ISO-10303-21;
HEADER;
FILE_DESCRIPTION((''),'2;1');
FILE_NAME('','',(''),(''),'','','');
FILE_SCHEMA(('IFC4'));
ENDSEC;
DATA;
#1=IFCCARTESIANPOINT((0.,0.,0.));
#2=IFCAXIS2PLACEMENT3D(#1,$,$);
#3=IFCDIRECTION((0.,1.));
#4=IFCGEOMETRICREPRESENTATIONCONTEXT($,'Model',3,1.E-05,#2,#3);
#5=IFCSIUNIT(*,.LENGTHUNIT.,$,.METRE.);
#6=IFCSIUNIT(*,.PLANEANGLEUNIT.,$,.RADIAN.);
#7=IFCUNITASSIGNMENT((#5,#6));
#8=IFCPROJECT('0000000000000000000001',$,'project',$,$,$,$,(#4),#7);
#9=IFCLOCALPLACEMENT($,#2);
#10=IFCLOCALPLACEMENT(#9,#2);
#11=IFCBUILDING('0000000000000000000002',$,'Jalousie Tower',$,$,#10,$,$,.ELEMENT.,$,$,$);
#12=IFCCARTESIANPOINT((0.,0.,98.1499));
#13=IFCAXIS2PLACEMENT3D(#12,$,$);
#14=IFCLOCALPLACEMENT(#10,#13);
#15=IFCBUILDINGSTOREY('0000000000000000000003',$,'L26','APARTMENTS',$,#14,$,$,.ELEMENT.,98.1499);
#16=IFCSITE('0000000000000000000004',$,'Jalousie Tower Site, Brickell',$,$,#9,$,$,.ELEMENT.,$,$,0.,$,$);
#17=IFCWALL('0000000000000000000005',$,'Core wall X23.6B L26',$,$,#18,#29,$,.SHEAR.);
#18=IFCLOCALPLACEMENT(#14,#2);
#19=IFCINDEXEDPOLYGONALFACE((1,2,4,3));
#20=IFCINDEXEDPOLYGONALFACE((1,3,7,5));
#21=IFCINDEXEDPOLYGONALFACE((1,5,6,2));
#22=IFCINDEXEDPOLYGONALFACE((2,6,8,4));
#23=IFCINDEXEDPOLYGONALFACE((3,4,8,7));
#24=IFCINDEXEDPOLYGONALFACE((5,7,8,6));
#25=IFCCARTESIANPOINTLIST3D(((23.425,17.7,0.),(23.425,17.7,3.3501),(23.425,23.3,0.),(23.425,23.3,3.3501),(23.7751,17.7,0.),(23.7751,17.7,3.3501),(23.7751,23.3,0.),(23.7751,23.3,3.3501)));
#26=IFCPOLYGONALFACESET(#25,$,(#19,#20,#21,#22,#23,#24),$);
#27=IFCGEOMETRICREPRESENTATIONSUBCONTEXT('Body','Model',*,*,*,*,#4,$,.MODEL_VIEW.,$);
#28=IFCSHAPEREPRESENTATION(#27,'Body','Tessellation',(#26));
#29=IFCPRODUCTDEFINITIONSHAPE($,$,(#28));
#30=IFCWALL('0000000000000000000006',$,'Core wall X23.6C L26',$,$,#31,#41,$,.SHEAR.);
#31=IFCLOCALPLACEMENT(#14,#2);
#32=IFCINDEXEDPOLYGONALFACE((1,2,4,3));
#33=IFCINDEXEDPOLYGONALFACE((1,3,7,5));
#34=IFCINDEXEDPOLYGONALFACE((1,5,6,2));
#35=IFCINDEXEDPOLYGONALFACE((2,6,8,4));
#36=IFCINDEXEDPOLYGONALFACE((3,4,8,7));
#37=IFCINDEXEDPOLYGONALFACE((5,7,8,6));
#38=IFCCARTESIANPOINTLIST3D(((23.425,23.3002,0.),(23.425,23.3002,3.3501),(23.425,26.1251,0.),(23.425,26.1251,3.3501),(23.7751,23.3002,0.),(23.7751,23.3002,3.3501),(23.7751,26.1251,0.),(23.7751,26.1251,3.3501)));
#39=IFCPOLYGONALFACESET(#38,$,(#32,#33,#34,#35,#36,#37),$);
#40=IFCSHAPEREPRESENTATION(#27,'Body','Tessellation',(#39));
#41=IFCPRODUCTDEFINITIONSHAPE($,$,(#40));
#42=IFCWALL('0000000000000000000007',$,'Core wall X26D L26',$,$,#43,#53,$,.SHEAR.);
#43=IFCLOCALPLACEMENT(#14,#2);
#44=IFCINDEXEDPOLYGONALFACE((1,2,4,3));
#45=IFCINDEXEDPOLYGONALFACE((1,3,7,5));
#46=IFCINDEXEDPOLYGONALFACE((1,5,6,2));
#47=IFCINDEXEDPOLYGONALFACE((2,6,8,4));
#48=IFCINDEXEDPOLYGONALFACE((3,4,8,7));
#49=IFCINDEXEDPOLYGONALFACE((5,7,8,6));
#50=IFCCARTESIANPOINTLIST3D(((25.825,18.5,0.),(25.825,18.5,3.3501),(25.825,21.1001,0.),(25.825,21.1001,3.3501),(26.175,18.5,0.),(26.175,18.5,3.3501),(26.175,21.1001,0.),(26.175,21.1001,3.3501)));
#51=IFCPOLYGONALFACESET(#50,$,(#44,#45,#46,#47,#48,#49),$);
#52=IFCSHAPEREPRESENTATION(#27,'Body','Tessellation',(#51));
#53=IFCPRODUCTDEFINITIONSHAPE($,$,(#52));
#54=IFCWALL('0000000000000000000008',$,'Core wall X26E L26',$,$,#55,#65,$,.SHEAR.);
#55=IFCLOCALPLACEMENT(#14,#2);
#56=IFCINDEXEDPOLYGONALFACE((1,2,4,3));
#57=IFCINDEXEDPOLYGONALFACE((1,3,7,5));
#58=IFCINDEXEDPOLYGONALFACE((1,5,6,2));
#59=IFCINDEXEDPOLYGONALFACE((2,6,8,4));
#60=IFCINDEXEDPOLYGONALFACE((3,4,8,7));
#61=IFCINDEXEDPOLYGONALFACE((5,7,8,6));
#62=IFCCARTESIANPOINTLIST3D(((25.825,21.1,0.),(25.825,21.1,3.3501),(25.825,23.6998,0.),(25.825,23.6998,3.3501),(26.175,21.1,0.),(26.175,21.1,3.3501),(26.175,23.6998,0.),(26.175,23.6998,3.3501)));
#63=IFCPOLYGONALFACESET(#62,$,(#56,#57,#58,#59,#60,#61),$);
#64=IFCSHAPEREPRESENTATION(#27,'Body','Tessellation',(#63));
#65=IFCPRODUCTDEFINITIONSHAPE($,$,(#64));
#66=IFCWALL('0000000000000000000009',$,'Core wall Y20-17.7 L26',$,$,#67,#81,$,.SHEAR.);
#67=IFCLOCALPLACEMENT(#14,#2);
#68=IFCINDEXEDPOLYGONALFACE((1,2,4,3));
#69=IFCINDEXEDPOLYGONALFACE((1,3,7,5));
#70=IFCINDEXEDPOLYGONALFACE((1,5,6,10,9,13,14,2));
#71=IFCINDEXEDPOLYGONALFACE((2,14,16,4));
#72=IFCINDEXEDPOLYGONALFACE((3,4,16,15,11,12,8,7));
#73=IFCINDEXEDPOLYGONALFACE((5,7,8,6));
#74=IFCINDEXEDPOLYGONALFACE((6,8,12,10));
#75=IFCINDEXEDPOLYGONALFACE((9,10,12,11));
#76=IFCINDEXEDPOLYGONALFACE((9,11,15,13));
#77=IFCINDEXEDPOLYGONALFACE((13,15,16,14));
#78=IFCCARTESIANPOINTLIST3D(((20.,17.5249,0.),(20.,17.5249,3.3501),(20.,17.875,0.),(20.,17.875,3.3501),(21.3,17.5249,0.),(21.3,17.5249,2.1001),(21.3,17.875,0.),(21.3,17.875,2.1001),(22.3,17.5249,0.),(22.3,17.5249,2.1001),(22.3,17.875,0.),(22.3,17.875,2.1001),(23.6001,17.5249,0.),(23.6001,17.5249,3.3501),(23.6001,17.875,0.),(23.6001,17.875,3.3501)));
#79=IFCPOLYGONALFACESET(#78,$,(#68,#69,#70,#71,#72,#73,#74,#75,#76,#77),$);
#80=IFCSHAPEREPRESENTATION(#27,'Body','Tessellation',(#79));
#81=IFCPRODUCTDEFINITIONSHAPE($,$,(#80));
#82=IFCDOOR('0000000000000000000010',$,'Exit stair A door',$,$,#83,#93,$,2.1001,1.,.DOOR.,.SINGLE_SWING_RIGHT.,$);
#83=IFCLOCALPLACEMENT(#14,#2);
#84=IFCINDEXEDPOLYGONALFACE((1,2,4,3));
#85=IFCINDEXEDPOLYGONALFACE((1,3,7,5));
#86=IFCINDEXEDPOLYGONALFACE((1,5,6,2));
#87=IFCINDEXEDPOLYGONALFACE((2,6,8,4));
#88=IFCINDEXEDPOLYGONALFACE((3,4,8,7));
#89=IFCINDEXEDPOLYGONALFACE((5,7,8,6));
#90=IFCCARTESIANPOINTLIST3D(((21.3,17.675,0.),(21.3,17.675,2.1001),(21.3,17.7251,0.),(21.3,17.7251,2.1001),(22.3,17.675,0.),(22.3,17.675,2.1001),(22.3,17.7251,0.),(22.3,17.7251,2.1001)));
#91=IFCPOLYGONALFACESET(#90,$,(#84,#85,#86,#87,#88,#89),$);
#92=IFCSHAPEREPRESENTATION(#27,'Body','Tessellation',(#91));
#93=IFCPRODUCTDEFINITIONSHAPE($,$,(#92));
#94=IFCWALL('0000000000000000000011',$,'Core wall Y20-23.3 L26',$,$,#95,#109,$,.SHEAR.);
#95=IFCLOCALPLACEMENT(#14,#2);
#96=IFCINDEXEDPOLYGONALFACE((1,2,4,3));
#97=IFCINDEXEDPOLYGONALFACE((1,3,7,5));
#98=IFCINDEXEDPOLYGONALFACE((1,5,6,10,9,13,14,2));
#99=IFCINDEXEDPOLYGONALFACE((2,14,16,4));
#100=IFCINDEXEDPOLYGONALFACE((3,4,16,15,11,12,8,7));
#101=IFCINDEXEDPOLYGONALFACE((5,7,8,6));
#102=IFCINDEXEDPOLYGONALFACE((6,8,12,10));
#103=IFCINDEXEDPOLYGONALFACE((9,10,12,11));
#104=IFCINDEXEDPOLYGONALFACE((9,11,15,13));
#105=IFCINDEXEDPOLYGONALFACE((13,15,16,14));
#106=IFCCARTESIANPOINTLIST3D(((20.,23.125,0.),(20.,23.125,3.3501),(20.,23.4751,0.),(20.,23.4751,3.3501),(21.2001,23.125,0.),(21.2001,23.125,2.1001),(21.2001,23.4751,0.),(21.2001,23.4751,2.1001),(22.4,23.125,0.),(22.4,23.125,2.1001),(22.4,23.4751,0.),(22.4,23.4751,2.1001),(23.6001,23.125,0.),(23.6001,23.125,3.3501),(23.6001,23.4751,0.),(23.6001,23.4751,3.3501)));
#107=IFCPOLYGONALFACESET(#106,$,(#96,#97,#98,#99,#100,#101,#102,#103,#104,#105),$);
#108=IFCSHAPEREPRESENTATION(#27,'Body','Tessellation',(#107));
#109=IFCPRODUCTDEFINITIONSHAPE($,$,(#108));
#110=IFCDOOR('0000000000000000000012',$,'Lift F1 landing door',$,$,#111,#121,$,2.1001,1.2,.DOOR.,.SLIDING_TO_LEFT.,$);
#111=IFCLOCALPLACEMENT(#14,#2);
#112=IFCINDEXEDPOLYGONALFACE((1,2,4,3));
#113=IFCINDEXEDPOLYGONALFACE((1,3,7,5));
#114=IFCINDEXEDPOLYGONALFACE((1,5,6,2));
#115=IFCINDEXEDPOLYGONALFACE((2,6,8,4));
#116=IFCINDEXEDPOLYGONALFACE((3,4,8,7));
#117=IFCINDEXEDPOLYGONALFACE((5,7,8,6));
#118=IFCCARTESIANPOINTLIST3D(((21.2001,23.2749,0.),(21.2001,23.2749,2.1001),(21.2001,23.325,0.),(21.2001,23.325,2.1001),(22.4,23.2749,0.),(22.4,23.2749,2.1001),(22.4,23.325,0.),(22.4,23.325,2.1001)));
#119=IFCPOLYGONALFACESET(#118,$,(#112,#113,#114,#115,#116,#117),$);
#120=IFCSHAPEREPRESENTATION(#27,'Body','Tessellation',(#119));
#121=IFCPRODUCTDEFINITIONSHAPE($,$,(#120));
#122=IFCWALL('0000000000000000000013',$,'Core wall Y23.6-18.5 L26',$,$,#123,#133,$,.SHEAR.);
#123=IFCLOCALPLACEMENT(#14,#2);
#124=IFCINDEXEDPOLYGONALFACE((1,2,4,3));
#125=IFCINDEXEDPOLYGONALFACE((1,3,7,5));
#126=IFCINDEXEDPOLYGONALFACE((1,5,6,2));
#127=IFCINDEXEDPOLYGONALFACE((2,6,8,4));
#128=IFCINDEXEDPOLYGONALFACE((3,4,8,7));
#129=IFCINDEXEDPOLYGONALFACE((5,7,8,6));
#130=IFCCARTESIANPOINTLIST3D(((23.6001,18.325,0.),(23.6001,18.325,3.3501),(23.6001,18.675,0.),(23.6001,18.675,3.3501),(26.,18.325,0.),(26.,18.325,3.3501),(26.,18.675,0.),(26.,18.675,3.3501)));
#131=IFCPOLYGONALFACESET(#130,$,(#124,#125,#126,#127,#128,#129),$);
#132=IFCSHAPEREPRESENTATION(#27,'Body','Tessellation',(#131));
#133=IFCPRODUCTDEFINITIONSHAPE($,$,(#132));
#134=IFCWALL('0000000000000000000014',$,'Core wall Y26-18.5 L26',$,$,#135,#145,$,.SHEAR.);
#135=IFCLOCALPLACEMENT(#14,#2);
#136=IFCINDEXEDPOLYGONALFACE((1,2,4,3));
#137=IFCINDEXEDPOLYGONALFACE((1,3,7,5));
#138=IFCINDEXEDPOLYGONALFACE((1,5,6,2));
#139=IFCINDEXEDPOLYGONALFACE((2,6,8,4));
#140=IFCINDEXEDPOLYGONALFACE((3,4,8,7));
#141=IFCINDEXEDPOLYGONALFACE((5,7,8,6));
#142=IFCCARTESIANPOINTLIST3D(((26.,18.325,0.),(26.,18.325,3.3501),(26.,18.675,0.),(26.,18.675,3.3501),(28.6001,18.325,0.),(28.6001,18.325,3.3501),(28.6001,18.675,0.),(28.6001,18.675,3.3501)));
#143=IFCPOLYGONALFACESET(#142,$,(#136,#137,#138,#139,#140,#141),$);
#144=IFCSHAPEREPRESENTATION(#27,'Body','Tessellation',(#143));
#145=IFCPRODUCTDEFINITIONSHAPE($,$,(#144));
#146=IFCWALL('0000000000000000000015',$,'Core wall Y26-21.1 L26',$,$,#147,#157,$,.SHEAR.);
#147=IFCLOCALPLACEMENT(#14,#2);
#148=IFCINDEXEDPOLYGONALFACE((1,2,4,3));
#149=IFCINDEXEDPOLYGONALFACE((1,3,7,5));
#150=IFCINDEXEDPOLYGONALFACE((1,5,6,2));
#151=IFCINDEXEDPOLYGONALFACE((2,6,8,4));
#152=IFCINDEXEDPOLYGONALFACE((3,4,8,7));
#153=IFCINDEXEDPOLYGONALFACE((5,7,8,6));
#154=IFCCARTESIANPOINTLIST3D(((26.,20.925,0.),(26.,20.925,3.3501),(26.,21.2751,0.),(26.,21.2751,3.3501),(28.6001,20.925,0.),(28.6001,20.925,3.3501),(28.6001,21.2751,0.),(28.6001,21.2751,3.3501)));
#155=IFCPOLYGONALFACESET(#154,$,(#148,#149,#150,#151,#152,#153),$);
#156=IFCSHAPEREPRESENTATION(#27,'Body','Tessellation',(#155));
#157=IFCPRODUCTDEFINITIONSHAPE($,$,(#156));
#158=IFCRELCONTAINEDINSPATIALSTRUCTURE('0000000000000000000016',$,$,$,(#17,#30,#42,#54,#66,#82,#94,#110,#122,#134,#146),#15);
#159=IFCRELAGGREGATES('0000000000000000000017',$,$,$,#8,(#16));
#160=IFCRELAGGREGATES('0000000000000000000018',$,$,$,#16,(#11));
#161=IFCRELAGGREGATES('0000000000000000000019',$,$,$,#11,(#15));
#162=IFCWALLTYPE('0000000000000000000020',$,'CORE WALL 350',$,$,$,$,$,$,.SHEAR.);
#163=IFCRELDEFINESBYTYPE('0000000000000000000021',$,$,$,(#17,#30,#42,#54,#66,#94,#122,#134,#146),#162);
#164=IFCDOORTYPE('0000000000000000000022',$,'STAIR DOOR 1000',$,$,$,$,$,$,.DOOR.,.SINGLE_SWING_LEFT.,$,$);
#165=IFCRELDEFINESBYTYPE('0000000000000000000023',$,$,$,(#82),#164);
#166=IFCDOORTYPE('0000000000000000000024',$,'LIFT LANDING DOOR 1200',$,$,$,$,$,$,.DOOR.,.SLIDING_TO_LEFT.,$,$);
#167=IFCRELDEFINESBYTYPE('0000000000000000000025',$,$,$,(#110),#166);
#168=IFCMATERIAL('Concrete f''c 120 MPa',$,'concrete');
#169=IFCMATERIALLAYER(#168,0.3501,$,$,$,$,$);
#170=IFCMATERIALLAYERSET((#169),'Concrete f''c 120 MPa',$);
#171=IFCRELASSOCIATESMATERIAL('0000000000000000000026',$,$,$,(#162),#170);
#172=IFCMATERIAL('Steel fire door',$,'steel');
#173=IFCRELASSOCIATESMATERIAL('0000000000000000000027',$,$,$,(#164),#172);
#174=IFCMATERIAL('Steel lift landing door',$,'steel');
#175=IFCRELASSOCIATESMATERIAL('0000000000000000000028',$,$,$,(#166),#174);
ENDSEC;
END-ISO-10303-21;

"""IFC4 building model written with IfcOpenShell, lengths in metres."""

from ifc_helpers import new_model, si_unit, direction, frame, frame_2d, origin, place, context, subcontext, project, spatial, rectangle, extrude, material, layer, layer_set, type_object, element, fill, save


model = new_model("IFC4")

# Units and contexts
model_context = context("Model", 3, precision=1e-05, world=origin(), true_north=direction((0.0, 1.0)))
body_context = subcontext(model_context, "Body", "Model", "MODEL_VIEW")
ifc_project = project(units=[si_unit("LENGTHUNIT", "METRE"), si_unit("PLANEANGLEUNIT", "RADIAN")], contexts=[model_context])

# Site, building, storey
site_placement = place(None, origin())
site = spatial("IfcSite", under=ifc_project, at=site_placement, Name="Jalousie Tower Site, Brickell", CompositionType="ELEMENT", RefElevation=0.0)
building_placement = place(site_placement, origin())
building = spatial("IfcBuilding", under=site, at=building_placement, Name="Jalousie Tower", CompositionType="ELEMENT")
storey_placement = place(building_placement, frame((0.0, 0.0, 98.1499)))
storey = spatial("IfcBuildingStorey", under=building, at=storey_placement, Name="L26", Description="APARTMENTS", CompositionType="ELEMENT", Elevation=98.1499)

# Walls
ifc_material_1 = material(Name="Concrete f'c 120 MPa", Category="concrete")
ifc_layer_1 = layer(ifc_material_1, 0.3501)
ifc_layer_set_1 = layer_set([ifc_layer_1], Name="Concrete f'c 120 MPa")
wall_type_1 = type_object("IfcWallType", Name="CORE WALL 350", PredefinedType="SHEAR", material=ifc_layer_set_1)
wall_1_placement = place(storey_placement, frame((23.6001, 17.7, 0.0), z_axis=(0.0, 0.0, 1.0), x_axis=(0.0, 1.0, 0.0)))
element("IfcWall", 1, at=wall_1_placement, inside=storey, type_object=wall_type_1, Name="Core wall X23.6B L26", PredefinedType="SHEAR", context=body_context, shape_type="SweptSolid", body=[
    extrude(rectangle(XDim=5.6001, YDim=0.3501, at=frame_2d((2.8, 0.0))), origin(), (0.0, 0.0, 1.0), 3.3501),
])
wall_2_placement = place(storey_placement, frame((23.6001, 23.3, 0.0), z_axis=(0.0, 0.0, 1.0), x_axis=(0.0, 1.0, 0.0)))
element("IfcWall", 2, at=wall_2_placement, inside=storey, type_object=wall_type_1, Name="Core wall X23.6C L26", PredefinedType="SHEAR", context=body_context, shape_type="SweptSolid", body=[
    extrude(rectangle(XDim=2.825, YDim=0.3501, at=frame_2d((1.4126, 0.0))), origin(), (0.0, 0.0, 1.0), 3.3501),
])
wall_3_placement = place(storey_placement, frame((26.0, 18.5, 0.0), z_axis=(0.0, 0.0, 1.0), x_axis=(0.0, 1.0, 0.0)))
element("IfcWall", 3, at=wall_3_placement, inside=storey, type_object=wall_type_1, Name="Core wall X26D L26", PredefinedType="SHEAR", context=body_context, shape_type="SweptSolid", body=[
    extrude(rectangle(XDim=2.6001, YDim=0.3501, at=frame_2d((1.3, 0.0))), origin(), (0.0, 0.0, 1.0), 3.3501),
])
wall_4_placement = place(storey_placement, frame((26.0, 21.1001, 0.0), z_axis=(0.0, 0.0, 1.0), x_axis=(0.0, 1.0, 0.0)))
element("IfcWall", 4, at=wall_4_placement, inside=storey, type_object=wall_type_1, Name="Core wall X26E L26", PredefinedType="SHEAR", context=body_context, shape_type="SweptSolid", body=[
    extrude(rectangle(XDim=2.5999, YDim=0.3501, at=frame_2d((1.2998, 0.0))), origin(), (0.0, 0.0, 1.0), 3.3501),
])

# Walls, openings, doors
wall_5_placement = place(storey_placement, frame((20.0, 17.7, 0.0), z_axis=(0.0, 0.0, 1.0), x_axis=(1.0, 0.0, 0.0)))
wall_5 = element("IfcWall", 5, at=wall_5_placement, inside=storey, type_object=wall_type_1, Name="Core wall Y20-17.7 L26", PredefinedType="SHEAR", context=body_context, shape_type="SweptSolid", body=[
    extrude(rectangle(XDim=3.6001, YDim=0.3501, at=frame_2d((1.8, 0.0))), origin(), (0.0, 0.0, 1.0), 3.3501),
])
opening_1_placement = place(wall_5_placement, frame((1.3, 0.0, 0.0)))
opening_1 = element("IfcOpeningElement", 6, at=opening_1_placement, cuts=wall_5, PredefinedType="OPENING", context=body_context, shape_type="SweptSolid", body=[
    extrude(rectangle(XDim=1.0, YDim=2.1001, at=frame_2d((0.5, 1.05))), frame((0.0, 0.1851, 0.0), z_axis=(0.0, -1.0, 0.0), x_axis=(1.0, 0.0, 0.0)), (0.0, 0.0, 1.0), 0.3701),
])
ifc_material_2 = material(Name="Steel fire door", Category="steel")
door_type_1 = type_object("IfcDoorType", Name="STAIR DOOR 1000", OperationType="SINGLE_SWING_LEFT", PredefinedType="DOOR", material=ifc_material_2)
door_1_placement = place(opening_1_placement, frame((1.0, 0.0, 0.0), z_axis=(0.0, 0.0, 1.0), x_axis=(-1.0, 0.0, 0.0)))
door_1 = element("IfcDoor", 7, at=door_1_placement, inside=storey, type_object=door_type_1, Name="Exit stair A door", OperationType="SINGLE_SWING_RIGHT", OverallHeight=2.1001, OverallWidth=1.0, PredefinedType="DOOR", context=body_context, shape_type="SweptSolid", body=[
    extrude(rectangle(XDim=1.0, YDim=2.1001, at=frame_2d((0.5, 1.05))), frame((0.0, 0.0249, 0.0), z_axis=(0.0, -1.0, 0.0), x_axis=(1.0, 0.0, 0.0)), (0.0, 0.0, 1.0), 0.05),
])
fill(opening_1, door_1)
wall_6_placement = place(storey_placement, frame((20.0, 23.3, 0.0), z_axis=(0.0, 0.0, 1.0), x_axis=(1.0, 0.0, 0.0)))
wall_6 = element("IfcWall", 8, at=wall_6_placement, inside=storey, type_object=wall_type_1, Name="Core wall Y20-23.3 L26", PredefinedType="SHEAR", context=body_context, shape_type="SweptSolid", body=[
    extrude(rectangle(XDim=3.6001, YDim=0.3501, at=frame_2d((1.8, 0.0))), origin(), (0.0, 0.0, 1.0), 3.3501),
])
opening_2_placement = place(wall_6_placement, frame((1.2, 0.0, 0.0)))
opening_2 = element("IfcOpeningElement", 9, at=opening_2_placement, cuts=wall_6, PredefinedType="OPENING", context=body_context, shape_type="SweptSolid", body=[
    extrude(rectangle(XDim=1.2, YDim=2.1001, at=frame_2d((0.6001, 1.05))), frame((0.0, 0.1851, 0.0), z_axis=(0.0, -1.0, 0.0), x_axis=(1.0, 0.0, 0.0)), (0.0, 0.0, 1.0), 0.3701),
])
ifc_material_3 = material(Name="Steel lift landing door", Category="steel")
door_type_2 = type_object("IfcDoorType", Name="LIFT LANDING DOOR 1200", OperationType="SLIDING_TO_LEFT", PredefinedType="DOOR", material=ifc_material_3)
door_2_placement = place(opening_2_placement, origin())
door_2 = element("IfcDoor", 10, at=door_2_placement, inside=storey, type_object=door_type_2, Name="Lift F1 landing door", OperationType="SLIDING_TO_LEFT", OverallHeight=2.1001, OverallWidth=1.2, PredefinedType="DOOR", context=body_context, shape_type="SweptSolid", body=[
    extrude(rectangle(XDim=1.2, YDim=2.1001, at=frame_2d((0.6001, 1.05))), frame((0.0, 0.0249, 0.0), z_axis=(0.0, -1.0, 0.0), x_axis=(1.0, 0.0, 0.0)), (0.0, 0.0, 1.0), 0.05),
])
fill(opening_2, door_2)

# Walls
wall_7_placement = place(storey_placement, frame((23.6001, 18.5, 0.0), z_axis=(0.0, 0.0, 1.0), x_axis=(1.0, 0.0, 0.0)))
element("IfcWall", 11, at=wall_7_placement, inside=storey, type_object=wall_type_1, Name="Core wall Y23.6-18.5 L26", PredefinedType="SHEAR", context=body_context, shape_type="SweptSolid", body=[
    extrude(rectangle(XDim=2.3999, YDim=0.3501, at=frame_2d((1.2, 0.0))), origin(), (0.0, 0.0, 1.0), 3.3501),
])
for number, where, z_axis, x_axis, name in (
    (12, (26.0, 18.5, 0.0), (0.0, 0.0, 1.0), (1.0, 0.0, 0.0), "Core wall Y26-18.5 L26"),
    (13, (26.0, 21.1001, 0.0), (0.0, 0.0, 1.0), (1.0, 0.0, 0.0), "Core wall Y26-21.1 L26"),
):
    element("IfcWall", number, at=place(storey_placement, frame(where, z_axis=z_axis, x_axis=x_axis)), inside=storey, type_object=wall_type_1, Name=name, PredefinedType="SHEAR", context=body_context, shape_type="SweptSolid", body=[
        extrude(rectangle(XDim=2.6001, YDim=0.3501, at=frame_2d((1.3, 0.0))), origin(), (0.0, 0.0, 1.0), 3.3501),
    ])

save(model, "model.ifc")
